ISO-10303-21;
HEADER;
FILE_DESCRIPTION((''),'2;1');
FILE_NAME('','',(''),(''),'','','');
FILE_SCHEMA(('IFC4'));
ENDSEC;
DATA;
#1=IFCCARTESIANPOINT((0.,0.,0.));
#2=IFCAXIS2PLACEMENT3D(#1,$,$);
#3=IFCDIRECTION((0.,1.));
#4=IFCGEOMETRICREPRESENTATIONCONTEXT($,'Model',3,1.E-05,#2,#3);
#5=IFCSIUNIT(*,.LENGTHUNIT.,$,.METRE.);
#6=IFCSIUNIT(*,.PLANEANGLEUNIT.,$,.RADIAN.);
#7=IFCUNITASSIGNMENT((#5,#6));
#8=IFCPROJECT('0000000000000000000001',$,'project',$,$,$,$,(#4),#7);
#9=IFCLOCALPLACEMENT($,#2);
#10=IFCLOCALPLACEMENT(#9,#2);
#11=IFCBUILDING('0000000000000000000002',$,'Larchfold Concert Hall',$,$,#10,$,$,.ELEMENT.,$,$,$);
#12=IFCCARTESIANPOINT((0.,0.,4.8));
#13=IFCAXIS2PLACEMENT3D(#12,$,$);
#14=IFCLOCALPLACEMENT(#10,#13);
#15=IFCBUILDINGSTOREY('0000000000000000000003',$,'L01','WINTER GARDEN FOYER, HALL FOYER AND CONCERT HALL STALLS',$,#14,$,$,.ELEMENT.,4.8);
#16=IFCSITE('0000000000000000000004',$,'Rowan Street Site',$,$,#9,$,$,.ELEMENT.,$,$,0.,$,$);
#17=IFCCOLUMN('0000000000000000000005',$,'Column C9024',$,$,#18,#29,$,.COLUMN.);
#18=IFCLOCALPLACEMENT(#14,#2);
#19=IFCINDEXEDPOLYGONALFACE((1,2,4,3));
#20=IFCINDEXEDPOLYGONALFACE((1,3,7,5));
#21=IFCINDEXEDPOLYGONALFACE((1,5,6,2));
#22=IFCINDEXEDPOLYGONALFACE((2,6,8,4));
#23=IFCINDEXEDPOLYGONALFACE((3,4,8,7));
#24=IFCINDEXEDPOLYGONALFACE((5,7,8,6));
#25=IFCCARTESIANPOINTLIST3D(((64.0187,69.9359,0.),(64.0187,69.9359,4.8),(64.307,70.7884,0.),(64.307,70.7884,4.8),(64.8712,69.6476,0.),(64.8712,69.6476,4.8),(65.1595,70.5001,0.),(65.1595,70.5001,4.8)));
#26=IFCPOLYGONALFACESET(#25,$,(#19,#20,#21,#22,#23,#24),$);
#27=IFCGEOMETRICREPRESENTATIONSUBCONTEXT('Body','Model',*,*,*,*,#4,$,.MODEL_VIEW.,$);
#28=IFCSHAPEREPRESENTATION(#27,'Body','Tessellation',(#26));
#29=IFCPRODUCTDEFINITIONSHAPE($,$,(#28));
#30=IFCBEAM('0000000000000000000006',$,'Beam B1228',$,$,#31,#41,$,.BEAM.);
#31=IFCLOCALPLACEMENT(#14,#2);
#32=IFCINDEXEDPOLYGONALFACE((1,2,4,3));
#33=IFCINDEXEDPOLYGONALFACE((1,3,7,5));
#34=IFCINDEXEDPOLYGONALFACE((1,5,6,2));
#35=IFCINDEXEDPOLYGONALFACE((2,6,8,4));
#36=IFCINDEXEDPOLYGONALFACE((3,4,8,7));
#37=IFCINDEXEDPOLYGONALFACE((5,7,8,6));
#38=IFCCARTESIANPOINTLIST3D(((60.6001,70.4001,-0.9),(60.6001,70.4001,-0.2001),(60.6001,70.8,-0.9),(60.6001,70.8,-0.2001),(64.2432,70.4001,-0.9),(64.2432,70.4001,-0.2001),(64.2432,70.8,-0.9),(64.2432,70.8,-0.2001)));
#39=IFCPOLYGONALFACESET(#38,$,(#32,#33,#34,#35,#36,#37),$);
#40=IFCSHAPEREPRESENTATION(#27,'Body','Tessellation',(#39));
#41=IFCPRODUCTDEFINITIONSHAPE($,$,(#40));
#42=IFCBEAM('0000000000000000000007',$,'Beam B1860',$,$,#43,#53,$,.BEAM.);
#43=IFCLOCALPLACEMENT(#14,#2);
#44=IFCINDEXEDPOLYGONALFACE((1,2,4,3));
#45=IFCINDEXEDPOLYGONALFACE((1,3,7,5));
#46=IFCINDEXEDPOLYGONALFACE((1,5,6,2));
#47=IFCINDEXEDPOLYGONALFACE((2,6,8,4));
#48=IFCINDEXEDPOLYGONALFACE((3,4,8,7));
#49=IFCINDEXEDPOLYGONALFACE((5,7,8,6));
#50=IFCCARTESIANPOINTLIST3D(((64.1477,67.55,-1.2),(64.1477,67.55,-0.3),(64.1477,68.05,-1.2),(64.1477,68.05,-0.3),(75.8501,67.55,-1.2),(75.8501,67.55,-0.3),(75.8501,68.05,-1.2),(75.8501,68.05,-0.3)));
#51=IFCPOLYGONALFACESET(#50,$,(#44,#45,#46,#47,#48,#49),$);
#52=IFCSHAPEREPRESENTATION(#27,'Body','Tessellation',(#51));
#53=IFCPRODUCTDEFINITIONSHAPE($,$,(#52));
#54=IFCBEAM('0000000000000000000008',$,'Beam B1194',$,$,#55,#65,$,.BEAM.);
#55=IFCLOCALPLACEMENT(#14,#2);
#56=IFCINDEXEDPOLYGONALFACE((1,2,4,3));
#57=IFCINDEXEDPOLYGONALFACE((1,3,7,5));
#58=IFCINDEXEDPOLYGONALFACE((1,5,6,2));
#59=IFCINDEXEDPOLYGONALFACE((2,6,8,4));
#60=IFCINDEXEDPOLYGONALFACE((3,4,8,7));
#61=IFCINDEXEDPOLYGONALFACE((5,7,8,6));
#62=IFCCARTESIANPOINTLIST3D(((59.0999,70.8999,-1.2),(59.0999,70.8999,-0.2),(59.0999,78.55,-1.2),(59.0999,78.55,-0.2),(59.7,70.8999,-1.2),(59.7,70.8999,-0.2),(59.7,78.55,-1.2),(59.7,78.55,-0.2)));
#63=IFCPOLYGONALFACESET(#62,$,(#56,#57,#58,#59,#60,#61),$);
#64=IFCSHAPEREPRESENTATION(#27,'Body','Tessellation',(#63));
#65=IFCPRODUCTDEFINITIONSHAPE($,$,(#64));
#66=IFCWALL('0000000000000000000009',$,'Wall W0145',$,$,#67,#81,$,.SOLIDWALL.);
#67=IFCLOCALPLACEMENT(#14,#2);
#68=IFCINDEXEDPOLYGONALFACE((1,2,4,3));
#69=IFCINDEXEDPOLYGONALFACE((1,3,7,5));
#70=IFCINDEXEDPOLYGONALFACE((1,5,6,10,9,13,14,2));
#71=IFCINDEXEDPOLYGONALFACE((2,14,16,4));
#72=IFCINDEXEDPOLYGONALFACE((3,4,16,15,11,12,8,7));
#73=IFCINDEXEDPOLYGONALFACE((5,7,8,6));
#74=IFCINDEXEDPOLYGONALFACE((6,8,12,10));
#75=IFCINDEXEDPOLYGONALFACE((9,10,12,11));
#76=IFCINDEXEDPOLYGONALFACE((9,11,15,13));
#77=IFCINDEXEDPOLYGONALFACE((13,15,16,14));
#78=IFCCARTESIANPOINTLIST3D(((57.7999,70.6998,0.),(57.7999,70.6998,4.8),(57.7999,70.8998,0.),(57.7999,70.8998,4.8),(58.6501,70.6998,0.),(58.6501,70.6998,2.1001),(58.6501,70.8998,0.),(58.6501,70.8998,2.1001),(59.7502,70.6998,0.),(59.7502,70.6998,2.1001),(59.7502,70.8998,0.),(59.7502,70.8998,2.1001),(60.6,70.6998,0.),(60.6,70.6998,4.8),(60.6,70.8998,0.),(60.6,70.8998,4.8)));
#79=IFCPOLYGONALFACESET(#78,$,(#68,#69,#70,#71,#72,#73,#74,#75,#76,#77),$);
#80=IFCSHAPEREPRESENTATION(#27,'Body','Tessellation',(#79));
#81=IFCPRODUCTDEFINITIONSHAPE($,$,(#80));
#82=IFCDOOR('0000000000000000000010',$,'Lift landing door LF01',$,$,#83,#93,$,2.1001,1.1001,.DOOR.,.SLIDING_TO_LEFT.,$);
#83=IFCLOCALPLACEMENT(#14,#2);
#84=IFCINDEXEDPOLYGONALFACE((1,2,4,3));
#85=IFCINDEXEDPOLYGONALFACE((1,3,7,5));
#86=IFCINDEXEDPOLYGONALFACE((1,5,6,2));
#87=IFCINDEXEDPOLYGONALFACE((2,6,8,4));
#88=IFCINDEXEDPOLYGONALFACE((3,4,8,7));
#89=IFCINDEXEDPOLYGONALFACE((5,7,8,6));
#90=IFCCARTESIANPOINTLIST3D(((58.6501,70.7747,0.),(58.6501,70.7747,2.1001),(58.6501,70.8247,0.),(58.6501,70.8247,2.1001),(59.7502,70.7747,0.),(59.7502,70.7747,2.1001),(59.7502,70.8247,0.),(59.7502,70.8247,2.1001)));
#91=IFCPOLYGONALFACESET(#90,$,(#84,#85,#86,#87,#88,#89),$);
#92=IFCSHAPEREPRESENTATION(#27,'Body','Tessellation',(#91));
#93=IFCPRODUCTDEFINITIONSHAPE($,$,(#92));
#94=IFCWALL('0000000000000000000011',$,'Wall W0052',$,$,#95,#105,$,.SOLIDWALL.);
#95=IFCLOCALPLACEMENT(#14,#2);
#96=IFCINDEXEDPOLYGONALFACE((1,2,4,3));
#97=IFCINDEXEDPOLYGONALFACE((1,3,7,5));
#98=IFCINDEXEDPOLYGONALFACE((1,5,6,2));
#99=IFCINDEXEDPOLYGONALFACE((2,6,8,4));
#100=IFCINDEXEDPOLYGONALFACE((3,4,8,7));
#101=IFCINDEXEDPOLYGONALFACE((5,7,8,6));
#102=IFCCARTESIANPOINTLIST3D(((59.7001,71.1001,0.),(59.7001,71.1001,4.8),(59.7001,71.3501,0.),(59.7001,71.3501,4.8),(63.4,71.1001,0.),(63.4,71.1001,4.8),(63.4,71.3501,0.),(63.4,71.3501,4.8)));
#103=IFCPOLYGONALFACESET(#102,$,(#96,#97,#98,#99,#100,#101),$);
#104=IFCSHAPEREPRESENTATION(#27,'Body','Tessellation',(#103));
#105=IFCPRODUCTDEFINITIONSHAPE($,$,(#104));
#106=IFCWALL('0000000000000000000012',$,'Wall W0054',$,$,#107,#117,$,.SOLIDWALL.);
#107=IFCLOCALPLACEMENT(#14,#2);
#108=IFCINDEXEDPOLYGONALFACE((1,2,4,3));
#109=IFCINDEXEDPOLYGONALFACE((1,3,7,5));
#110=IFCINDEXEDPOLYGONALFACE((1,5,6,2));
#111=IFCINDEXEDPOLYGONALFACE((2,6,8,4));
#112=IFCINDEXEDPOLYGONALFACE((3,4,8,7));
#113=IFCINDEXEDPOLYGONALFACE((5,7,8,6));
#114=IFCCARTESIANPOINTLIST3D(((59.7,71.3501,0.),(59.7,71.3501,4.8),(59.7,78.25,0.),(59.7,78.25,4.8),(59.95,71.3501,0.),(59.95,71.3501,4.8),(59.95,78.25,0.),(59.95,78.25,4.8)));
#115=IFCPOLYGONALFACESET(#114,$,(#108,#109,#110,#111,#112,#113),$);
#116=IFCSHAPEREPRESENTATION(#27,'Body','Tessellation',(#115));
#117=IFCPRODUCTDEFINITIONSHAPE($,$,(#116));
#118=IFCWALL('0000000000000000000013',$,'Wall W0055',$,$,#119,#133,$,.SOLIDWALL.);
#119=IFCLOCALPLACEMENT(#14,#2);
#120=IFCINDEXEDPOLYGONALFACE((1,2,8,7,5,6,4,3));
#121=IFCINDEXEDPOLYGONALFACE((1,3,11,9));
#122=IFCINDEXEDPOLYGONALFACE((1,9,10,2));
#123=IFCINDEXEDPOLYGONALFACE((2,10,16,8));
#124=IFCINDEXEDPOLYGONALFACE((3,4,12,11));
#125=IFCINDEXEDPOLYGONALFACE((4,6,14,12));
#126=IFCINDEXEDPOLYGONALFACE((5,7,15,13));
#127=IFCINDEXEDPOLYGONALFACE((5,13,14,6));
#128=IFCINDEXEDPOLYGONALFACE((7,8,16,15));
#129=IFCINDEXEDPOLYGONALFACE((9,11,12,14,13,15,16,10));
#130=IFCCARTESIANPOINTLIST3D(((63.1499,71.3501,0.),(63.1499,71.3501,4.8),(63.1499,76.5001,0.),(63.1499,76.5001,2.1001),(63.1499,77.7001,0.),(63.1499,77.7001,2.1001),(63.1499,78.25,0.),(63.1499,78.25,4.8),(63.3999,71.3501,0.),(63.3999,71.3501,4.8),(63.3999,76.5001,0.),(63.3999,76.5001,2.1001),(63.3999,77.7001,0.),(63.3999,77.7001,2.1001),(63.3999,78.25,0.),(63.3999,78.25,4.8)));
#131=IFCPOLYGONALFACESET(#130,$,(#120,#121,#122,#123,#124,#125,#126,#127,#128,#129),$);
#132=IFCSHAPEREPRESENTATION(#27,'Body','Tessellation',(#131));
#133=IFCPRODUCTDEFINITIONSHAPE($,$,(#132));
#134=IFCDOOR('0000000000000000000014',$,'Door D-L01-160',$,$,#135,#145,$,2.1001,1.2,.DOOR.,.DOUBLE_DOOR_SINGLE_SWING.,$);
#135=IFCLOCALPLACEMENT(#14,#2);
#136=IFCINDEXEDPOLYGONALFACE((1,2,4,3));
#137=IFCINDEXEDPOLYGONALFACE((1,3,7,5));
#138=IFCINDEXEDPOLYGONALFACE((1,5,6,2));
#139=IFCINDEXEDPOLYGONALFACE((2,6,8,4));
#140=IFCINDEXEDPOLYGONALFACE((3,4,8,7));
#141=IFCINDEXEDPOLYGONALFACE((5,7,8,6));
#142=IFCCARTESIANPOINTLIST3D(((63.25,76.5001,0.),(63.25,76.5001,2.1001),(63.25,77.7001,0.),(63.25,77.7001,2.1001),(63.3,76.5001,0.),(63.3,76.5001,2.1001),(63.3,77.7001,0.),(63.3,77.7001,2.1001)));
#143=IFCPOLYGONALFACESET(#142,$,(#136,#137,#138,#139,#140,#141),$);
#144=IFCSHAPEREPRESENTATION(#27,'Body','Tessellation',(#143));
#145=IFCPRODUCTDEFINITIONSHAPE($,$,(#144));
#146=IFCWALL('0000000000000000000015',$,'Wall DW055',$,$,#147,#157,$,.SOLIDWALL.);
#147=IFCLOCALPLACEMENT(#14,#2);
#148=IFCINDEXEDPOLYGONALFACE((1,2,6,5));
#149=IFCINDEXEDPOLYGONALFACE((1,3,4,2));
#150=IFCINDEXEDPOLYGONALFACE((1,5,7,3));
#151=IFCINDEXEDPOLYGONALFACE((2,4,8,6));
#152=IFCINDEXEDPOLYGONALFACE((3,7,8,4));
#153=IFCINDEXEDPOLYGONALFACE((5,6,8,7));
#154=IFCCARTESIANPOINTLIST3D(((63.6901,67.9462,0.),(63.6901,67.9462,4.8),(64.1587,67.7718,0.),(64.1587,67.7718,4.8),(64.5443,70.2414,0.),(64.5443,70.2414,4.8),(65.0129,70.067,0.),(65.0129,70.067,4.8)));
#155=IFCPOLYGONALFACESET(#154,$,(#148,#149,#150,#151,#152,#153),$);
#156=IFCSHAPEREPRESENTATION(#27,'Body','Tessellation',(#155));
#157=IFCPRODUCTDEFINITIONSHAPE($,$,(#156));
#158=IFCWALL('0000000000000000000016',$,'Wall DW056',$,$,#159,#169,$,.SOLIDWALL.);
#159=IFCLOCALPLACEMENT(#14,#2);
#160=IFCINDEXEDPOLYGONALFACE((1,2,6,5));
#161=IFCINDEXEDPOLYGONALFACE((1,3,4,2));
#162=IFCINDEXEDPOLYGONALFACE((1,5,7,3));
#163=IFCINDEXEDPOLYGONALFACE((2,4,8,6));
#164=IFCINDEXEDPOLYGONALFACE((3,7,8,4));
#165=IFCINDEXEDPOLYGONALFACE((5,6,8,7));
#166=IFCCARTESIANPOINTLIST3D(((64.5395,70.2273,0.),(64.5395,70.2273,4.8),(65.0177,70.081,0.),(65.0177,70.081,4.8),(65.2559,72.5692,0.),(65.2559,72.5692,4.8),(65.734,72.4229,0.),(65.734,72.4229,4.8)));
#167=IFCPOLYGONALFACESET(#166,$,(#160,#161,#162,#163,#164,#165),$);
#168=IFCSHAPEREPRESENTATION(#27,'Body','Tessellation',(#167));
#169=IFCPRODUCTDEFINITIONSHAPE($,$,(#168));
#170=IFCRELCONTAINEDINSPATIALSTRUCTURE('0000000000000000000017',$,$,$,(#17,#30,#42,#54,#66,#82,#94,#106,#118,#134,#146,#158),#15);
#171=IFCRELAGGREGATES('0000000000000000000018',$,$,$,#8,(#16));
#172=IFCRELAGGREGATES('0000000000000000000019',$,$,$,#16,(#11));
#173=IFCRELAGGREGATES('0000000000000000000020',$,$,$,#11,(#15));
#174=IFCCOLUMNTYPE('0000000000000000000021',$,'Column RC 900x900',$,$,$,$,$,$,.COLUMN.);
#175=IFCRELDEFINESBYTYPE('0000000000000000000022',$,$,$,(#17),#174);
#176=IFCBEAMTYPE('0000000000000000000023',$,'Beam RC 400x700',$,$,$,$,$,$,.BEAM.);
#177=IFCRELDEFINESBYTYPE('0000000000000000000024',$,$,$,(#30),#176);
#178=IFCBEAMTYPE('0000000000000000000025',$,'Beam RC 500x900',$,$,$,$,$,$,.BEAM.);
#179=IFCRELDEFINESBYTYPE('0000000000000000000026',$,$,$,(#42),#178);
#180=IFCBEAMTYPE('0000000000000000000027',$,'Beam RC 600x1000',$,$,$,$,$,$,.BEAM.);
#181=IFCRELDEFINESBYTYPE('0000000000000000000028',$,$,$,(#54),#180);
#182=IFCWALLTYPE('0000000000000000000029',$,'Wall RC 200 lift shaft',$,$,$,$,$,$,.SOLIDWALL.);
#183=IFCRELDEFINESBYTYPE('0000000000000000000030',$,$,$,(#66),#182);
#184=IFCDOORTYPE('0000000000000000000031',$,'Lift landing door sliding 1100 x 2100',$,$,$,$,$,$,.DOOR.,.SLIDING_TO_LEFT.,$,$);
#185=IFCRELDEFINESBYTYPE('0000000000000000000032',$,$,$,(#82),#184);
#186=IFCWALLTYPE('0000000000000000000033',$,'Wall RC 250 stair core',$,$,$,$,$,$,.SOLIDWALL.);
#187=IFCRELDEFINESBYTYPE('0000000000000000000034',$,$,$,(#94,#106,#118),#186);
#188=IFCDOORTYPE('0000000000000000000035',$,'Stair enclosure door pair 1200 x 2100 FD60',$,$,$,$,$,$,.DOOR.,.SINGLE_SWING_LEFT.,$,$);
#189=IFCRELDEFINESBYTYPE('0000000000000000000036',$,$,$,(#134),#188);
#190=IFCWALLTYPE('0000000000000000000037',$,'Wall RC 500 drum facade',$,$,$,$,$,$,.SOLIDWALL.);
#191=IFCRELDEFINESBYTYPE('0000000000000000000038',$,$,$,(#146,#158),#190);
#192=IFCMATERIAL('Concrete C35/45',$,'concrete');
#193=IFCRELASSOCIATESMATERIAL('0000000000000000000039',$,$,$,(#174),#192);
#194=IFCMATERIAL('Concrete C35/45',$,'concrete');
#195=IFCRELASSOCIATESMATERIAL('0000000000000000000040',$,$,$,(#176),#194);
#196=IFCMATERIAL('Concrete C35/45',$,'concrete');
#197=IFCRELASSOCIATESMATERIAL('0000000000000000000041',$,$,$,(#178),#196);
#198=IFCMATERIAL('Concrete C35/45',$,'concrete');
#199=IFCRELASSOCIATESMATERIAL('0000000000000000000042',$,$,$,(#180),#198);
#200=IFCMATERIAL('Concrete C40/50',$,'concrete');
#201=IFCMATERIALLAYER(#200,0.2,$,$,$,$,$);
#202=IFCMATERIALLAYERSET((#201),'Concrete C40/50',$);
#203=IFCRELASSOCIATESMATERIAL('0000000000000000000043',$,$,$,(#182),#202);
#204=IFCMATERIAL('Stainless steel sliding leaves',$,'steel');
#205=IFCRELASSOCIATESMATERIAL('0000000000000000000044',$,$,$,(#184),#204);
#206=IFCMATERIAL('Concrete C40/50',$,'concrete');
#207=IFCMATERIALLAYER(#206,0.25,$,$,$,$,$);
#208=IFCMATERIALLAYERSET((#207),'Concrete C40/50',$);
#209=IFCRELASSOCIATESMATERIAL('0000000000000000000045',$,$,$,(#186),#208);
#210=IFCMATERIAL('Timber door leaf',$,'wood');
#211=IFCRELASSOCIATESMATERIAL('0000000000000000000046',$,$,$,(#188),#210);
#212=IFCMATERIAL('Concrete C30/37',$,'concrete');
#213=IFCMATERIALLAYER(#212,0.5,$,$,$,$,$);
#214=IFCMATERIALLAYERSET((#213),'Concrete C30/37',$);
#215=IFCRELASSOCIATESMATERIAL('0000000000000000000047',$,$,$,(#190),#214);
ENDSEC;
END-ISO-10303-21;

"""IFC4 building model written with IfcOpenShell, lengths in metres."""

from ifc_helpers import new_model, si_unit, direction, frame, frame_2d, origin, origin_2d, place, context, subcontext, project, spatial, rectangle, extrude, material, layer, layer_set, material_profile, profile_set, type_object, element, fill, save


model = new_model("IFC4")

# Units and contexts
model_context = context("Model", 3, precision=1e-05, world=origin(), true_north=direction((0.0, 1.0)))
body_context = subcontext(model_context, "Body", "Model", "MODEL_VIEW")
ifc_project = project(units=[si_unit("LENGTHUNIT", "METRE"), si_unit("PLANEANGLEUNIT", "RADIAN")], contexts=[model_context])

# Site, building, storey
site_placement = place(None, origin())
site = spatial("IfcSite", under=ifc_project, at=site_placement, Name="Rowan Street Site", CompositionType="ELEMENT", RefElevation=0.0)
building_placement = place(site_placement, origin())
building = spatial("IfcBuilding", under=site, at=building_placement, Name="Larchfold Concert Hall", CompositionType="ELEMENT")
storey_placement = place(building_placement, frame((0.0, 0.0, 4.8)))
storey = spatial("IfcBuildingStorey", under=building, at=storey_placement, Name="L01", Description="WINTER GARDEN FOYER, HALL FOYER AND CONCERT HALL STALLS", CompositionType="ELEMENT", Elevation=4.8)

# Column
ifc_material_1 = material(Name="Concrete C35/45", Category="concrete")
ifc_material_profile_1 = material_profile(ifc_material_1, rectangle(XDim=0.8999, YDim=0.8999, at=origin_2d()))
ifc_profile_set_1 = profile_set([ifc_material_profile_1], Name="Concrete C35/45")
column_type = type_object("IfcColumnType", Name="Column RC 900x900", PredefinedType="COLUMN", material=ifc_profile_set_1)
column_placement = place(storey_placement, frame((64.5891, 70.218, 0.0), z_axis=(0.0, 0.0, 1.0), x_axis=(0.320383, 0.947288, 0.0)))
element("IfcColumn", 1, at=column_placement, inside=storey, type_object=column_type, Name="Column C9024", PredefinedType="COLUMN", context=body_context, shape_type="SweptSolid", body=[
    extrude(rectangle(XDim=0.8999, YDim=0.8999, at=origin_2d()), origin(), (0.0, 0.0, 1.0), 4.8),
])

# Beams
ifc_material_2 = material(Name="Concrete C35/45", Category="concrete")
ifc_material_profile_2 = material_profile(ifc_material_2, rectangle(XDim=0.3999, YDim=0.7, at=origin_2d()))
ifc_profile_set_2 = profile_set([ifc_material_profile_2], Name="Concrete C35/45")
beam_type_1 = type_object("IfcBeamType", Name="Beam RC 400x700", PredefinedType="BEAM", material=ifc_profile_set_2)
beam_1_placement = place(storey_placement, frame((60.6001, 70.6001, -0.55), z_axis=(1.0, 0.0, 0.0), x_axis=(0.0, 1.0, 0.0)))
element("IfcBeam", 2, at=beam_1_placement, inside=storey, type_object=beam_type_1, Name="Beam B1228", PredefinedType="BEAM", context=body_context, shape_type="SweptSolid", body=[
    extrude(rectangle(XDim=0.3999, YDim=0.7, at=origin_2d()), origin(), (0.0, 0.0, 1.0), 3.6431),
])
ifc_material_3 = material(Name="Concrete C35/45", Category="concrete")
ifc_material_profile_3 = material_profile(ifc_material_3, rectangle(XDim=0.5, YDim=0.8999, at=origin_2d()))
ifc_profile_set_3 = profile_set([ifc_material_profile_3], Name="Concrete C35/45")
beam_type_2 = type_object("IfcBeamType", Name="Beam RC 500x900", PredefinedType="BEAM", material=ifc_profile_set_3)
beam_2_placement = place(storey_placement, frame((64.1477, 67.8, -0.75), z_axis=(1.0, 0.0, 0.0), x_axis=(0.0, 1.0, 0.0)))
element("IfcBeam", 3, at=beam_2_placement, inside=storey, type_object=beam_type_2, Name="Beam B1860", PredefinedType="BEAM", context=body_context, shape_type="SweptSolid", body=[
    extrude(rectangle(XDim=0.5, YDim=0.8999, at=origin_2d()), origin(), (0.0, 0.0, 1.0), 11.7024),
])
ifc_material_4 = material(Name="Concrete C35/45", Category="concrete")
ifc_material_profile_4 = material_profile(ifc_material_4, rectangle(XDim=0.6001, YDim=1.0, at=origin_2d()))
ifc_profile_set_4 = profile_set([ifc_material_profile_4], Name="Concrete C35/45")
beam_type_3 = type_object("IfcBeamType", Name="Beam RC 600x1000", PredefinedType="BEAM", material=ifc_profile_set_4)
beam_3_placement = place(storey_placement, frame((59.3999, 70.8999, -0.7), z_axis=(0.0, 1.0, 0.0), x_axis=(-1.0, 0.0, 0.0)))
element("IfcBeam", 4, at=beam_3_placement, inside=storey, type_object=beam_type_3, Name="Beam B1194", PredefinedType="BEAM", context=body_context, shape_type="SweptSolid", body=[
    extrude(rectangle(XDim=0.6001, YDim=1.0, at=origin_2d()), origin(), (0.0, 0.0, 1.0), 7.6501),
])

# Wall, opening, door
ifc_material_5 = material(Name="Concrete C40/50", Category="concrete")
ifc_layer_1 = layer(ifc_material_5, 0.2)
ifc_layer_set_1 = layer_set([ifc_layer_1], Name="Concrete C40/50")
wall_type_1 = type_object("IfcWallType", Name="Wall RC 200 lift shaft", PredefinedType="SOLIDWALL", material=ifc_layer_set_1)
wall_1_placement = place(storey_placement, frame((57.8, 70.7998, 0.0), z_axis=(0.0, 0.0, 1.0), x_axis=(1.0, 0.0, 0.0)))
wall_1 = element("IfcWall", 5, at=wall_1_placement, inside=storey, type_object=wall_type_1, Name="Wall W0145", PredefinedType="SOLIDWALL", context=body_context, shape_type="SweptSolid", body=[
    extrude(rectangle(XDim=2.8, YDim=0.2, at=frame_2d((1.3999, 0.0))), origin(), (0.0, 0.0, 1.0), 4.8),
])
opening_1_placement = place(wall_1_placement, frame((0.8501, 0.0, 0.0)))
opening_1 = element("IfcOpeningElement", 6, at=opening_1_placement, cuts=wall_1, PredefinedType="OPENING", context=body_context, shape_type="SweptSolid", body=[
    extrude(rectangle(XDim=1.1001, YDim=2.1001, at=frame_2d((0.55, 1.05))), frame((0.0, 0.1099, 0.0), z_axis=(0.0, -1.0, 0.0), x_axis=(1.0, 0.0, 0.0)), (0.0, 0.0, 1.0), 0.22),
])
ifc_material_6 = material(Name="Stainless steel sliding leaves", Category="steel")
door_type_1 = type_object("IfcDoorType", Name="Lift landing door sliding 1100 x 2100", OperationType="SLIDING_TO_LEFT", PredefinedType="DOOR", material=ifc_material_6)
door_1_placement = place(opening_1_placement, origin())
door_1 = element("IfcDoor", 7, at=door_1_placement, inside=storey, type_object=door_type_1, Name="Lift landing door LF01", OperationType="SLIDING_TO_LEFT", OverallHeight=2.1001, OverallWidth=1.1001, PredefinedType="DOOR", context=body_context, shape_type="SweptSolid", body=[
    extrude(rectangle(XDim=1.1001, YDim=2.1001, at=frame_2d((0.55, 1.05))), frame((0.0, 0.0249, 0.0), z_axis=(0.0, -1.0, 0.0), x_axis=(1.0, 0.0, 0.0)), (0.0, 0.0, 1.0), 0.05),
])
fill(opening_1, door_1)

# Walls
ifc_material_7 = material(Name="Concrete C40/50", Category="concrete")
ifc_layer_2 = layer(ifc_material_7, 0.25)
ifc_layer_set_2 = layer_set([ifc_layer_2], Name="Concrete C40/50")
wall_type_2 = type_object("IfcWallType", Name="Wall RC 250 stair core", PredefinedType="SOLIDWALL", material=ifc_layer_set_2)
wall_2_placement = place(storey_placement, frame((59.7, 71.2251, 0.0), z_axis=(0.0, 0.0, 1.0), x_axis=(1.0, 0.0, 0.0)))
element("IfcWall", 8, at=wall_2_placement, inside=storey, type_object=wall_type_2, Name="Wall W0052", PredefinedType="SOLIDWALL", context=body_context, shape_type="SweptSolid", body=[
    extrude(rectangle(XDim=3.7, YDim=0.25, at=frame_2d((1.8501, 0.0))), origin(), (0.0, 0.0, 1.0), 4.8),
])
wall_3_placement = place(storey_placement, frame((59.825, 71.3501, 0.0), z_axis=(0.0, 0.0, 1.0), x_axis=(0.0, 1.0, 0.0)))
element("IfcWall", 9, at=wall_3_placement, inside=storey, type_object=wall_type_2, Name="Wall W0054", PredefinedType="SOLIDWALL", context=body_context, shape_type="SweptSolid", body=[
    extrude(rectangle(XDim=6.8999, YDim=0.25, at=frame_2d((3.45, 0.0))), origin(), (0.0, 0.0, 1.0), 4.8),
])

# Wall, opening, door
wall_4_placement = place(storey_placement, frame((63.2749, 71.3501, 0.0), z_axis=(0.0, 0.0, 1.0), x_axis=(0.0, 1.0, 0.0)))
wall_4 = element("IfcWall", 10, at=wall_4_placement, inside=storey, type_object=wall_type_2, Name="Wall W0055", PredefinedType="SOLIDWALL", context=body_context, shape_type="SweptSolid", body=[
    extrude(rectangle(XDim=6.8999, YDim=0.25, at=frame_2d((3.45, 0.0))), origin(), (0.0, 0.0, 1.0), 4.8),
])
opening_2_placement = place(wall_4_placement, frame((5.1499, 0.0, 0.0)))
opening_2 = element("IfcOpeningElement", 11, at=opening_2_placement, cuts=wall_4, PredefinedType="OPENING", context=body_context, shape_type="SweptSolid", body=[
    extrude(rectangle(XDim=1.2, YDim=2.1001, at=frame_2d((0.6001, 1.05))), frame((0.0, 0.135, 0.0), z_axis=(0.0, -1.0, 0.0), x_axis=(1.0, 0.0, 0.0)), (0.0, 0.0, 1.0), 0.27),
])
ifc_material_8 = material(Name="Timber door leaf", Category="wood")
door_type_2 = type_object("IfcDoorType", Name="Stair enclosure door pair 1200 x 2100 FD60", OperationType="SINGLE_SWING_LEFT", PredefinedType="DOOR", material=ifc_material_8)
door_2_placement = place(opening_2_placement, origin())
door_2 = element("IfcDoor", 12, at=door_2_placement, inside=storey, type_object=door_type_2, Name="Door D-L01-160", OperationType="DOUBLE_DOOR_SINGLE_SWING", OverallHeight=2.1001, OverallWidth=1.2, PredefinedType="DOOR", context=body_context, shape_type="SweptSolid", body=[
    extrude(rectangle(XDim=1.2, YDim=2.1001, at=frame_2d((0.6001, 1.05))), frame((0.0, 0.0249, 0.0), z_axis=(0.0, -1.0, 0.0), x_axis=(1.0, 0.0, 0.0)), (0.0, 0.0, 1.0), 0.05),
])
fill(opening_2, door_2)

# Walls
ifc_material_9 = material(Name="Concrete C30/37", Category="concrete")
ifc_layer_3 = layer(ifc_material_9, 0.5)
ifc_layer_set_3 = layer_set([ifc_layer_3], Name="Concrete C30/37")
wall_type_3 = type_object("IfcWallType", Name="Wall RC 500 drum facade", PredefinedType="SOLIDWALL", material=ifc_layer_set_3)
for number, where, z_axis, x_axis, name in (
    (13, (63.9243, 67.8589, 0.0), (0.0, 0.0, 1.0), (0.348817, 0.937191, 0.0), "Wall DW055"),
    (14, (64.7786, 70.1541, 0.0), (0.0, 0.0, 1.0), (0.292502, 0.956265, 0.0), "Wall DW056"),
):
    element("IfcWall", number, at=place(storey_placement, frame(where, z_axis=z_axis, x_axis=x_axis)), inside=storey, type_object=wall_type_3, Name=name, PredefinedType="SOLIDWALL", context=body_context, shape_type="SweptSolid", body=[
        extrude(rectangle(XDim=2.449, YDim=0.5, at=frame_2d((1.2246, 0.0))), origin(), (0.0, 0.0, 1.0), 4.8),
    ])

save(model, "model.ifc")
